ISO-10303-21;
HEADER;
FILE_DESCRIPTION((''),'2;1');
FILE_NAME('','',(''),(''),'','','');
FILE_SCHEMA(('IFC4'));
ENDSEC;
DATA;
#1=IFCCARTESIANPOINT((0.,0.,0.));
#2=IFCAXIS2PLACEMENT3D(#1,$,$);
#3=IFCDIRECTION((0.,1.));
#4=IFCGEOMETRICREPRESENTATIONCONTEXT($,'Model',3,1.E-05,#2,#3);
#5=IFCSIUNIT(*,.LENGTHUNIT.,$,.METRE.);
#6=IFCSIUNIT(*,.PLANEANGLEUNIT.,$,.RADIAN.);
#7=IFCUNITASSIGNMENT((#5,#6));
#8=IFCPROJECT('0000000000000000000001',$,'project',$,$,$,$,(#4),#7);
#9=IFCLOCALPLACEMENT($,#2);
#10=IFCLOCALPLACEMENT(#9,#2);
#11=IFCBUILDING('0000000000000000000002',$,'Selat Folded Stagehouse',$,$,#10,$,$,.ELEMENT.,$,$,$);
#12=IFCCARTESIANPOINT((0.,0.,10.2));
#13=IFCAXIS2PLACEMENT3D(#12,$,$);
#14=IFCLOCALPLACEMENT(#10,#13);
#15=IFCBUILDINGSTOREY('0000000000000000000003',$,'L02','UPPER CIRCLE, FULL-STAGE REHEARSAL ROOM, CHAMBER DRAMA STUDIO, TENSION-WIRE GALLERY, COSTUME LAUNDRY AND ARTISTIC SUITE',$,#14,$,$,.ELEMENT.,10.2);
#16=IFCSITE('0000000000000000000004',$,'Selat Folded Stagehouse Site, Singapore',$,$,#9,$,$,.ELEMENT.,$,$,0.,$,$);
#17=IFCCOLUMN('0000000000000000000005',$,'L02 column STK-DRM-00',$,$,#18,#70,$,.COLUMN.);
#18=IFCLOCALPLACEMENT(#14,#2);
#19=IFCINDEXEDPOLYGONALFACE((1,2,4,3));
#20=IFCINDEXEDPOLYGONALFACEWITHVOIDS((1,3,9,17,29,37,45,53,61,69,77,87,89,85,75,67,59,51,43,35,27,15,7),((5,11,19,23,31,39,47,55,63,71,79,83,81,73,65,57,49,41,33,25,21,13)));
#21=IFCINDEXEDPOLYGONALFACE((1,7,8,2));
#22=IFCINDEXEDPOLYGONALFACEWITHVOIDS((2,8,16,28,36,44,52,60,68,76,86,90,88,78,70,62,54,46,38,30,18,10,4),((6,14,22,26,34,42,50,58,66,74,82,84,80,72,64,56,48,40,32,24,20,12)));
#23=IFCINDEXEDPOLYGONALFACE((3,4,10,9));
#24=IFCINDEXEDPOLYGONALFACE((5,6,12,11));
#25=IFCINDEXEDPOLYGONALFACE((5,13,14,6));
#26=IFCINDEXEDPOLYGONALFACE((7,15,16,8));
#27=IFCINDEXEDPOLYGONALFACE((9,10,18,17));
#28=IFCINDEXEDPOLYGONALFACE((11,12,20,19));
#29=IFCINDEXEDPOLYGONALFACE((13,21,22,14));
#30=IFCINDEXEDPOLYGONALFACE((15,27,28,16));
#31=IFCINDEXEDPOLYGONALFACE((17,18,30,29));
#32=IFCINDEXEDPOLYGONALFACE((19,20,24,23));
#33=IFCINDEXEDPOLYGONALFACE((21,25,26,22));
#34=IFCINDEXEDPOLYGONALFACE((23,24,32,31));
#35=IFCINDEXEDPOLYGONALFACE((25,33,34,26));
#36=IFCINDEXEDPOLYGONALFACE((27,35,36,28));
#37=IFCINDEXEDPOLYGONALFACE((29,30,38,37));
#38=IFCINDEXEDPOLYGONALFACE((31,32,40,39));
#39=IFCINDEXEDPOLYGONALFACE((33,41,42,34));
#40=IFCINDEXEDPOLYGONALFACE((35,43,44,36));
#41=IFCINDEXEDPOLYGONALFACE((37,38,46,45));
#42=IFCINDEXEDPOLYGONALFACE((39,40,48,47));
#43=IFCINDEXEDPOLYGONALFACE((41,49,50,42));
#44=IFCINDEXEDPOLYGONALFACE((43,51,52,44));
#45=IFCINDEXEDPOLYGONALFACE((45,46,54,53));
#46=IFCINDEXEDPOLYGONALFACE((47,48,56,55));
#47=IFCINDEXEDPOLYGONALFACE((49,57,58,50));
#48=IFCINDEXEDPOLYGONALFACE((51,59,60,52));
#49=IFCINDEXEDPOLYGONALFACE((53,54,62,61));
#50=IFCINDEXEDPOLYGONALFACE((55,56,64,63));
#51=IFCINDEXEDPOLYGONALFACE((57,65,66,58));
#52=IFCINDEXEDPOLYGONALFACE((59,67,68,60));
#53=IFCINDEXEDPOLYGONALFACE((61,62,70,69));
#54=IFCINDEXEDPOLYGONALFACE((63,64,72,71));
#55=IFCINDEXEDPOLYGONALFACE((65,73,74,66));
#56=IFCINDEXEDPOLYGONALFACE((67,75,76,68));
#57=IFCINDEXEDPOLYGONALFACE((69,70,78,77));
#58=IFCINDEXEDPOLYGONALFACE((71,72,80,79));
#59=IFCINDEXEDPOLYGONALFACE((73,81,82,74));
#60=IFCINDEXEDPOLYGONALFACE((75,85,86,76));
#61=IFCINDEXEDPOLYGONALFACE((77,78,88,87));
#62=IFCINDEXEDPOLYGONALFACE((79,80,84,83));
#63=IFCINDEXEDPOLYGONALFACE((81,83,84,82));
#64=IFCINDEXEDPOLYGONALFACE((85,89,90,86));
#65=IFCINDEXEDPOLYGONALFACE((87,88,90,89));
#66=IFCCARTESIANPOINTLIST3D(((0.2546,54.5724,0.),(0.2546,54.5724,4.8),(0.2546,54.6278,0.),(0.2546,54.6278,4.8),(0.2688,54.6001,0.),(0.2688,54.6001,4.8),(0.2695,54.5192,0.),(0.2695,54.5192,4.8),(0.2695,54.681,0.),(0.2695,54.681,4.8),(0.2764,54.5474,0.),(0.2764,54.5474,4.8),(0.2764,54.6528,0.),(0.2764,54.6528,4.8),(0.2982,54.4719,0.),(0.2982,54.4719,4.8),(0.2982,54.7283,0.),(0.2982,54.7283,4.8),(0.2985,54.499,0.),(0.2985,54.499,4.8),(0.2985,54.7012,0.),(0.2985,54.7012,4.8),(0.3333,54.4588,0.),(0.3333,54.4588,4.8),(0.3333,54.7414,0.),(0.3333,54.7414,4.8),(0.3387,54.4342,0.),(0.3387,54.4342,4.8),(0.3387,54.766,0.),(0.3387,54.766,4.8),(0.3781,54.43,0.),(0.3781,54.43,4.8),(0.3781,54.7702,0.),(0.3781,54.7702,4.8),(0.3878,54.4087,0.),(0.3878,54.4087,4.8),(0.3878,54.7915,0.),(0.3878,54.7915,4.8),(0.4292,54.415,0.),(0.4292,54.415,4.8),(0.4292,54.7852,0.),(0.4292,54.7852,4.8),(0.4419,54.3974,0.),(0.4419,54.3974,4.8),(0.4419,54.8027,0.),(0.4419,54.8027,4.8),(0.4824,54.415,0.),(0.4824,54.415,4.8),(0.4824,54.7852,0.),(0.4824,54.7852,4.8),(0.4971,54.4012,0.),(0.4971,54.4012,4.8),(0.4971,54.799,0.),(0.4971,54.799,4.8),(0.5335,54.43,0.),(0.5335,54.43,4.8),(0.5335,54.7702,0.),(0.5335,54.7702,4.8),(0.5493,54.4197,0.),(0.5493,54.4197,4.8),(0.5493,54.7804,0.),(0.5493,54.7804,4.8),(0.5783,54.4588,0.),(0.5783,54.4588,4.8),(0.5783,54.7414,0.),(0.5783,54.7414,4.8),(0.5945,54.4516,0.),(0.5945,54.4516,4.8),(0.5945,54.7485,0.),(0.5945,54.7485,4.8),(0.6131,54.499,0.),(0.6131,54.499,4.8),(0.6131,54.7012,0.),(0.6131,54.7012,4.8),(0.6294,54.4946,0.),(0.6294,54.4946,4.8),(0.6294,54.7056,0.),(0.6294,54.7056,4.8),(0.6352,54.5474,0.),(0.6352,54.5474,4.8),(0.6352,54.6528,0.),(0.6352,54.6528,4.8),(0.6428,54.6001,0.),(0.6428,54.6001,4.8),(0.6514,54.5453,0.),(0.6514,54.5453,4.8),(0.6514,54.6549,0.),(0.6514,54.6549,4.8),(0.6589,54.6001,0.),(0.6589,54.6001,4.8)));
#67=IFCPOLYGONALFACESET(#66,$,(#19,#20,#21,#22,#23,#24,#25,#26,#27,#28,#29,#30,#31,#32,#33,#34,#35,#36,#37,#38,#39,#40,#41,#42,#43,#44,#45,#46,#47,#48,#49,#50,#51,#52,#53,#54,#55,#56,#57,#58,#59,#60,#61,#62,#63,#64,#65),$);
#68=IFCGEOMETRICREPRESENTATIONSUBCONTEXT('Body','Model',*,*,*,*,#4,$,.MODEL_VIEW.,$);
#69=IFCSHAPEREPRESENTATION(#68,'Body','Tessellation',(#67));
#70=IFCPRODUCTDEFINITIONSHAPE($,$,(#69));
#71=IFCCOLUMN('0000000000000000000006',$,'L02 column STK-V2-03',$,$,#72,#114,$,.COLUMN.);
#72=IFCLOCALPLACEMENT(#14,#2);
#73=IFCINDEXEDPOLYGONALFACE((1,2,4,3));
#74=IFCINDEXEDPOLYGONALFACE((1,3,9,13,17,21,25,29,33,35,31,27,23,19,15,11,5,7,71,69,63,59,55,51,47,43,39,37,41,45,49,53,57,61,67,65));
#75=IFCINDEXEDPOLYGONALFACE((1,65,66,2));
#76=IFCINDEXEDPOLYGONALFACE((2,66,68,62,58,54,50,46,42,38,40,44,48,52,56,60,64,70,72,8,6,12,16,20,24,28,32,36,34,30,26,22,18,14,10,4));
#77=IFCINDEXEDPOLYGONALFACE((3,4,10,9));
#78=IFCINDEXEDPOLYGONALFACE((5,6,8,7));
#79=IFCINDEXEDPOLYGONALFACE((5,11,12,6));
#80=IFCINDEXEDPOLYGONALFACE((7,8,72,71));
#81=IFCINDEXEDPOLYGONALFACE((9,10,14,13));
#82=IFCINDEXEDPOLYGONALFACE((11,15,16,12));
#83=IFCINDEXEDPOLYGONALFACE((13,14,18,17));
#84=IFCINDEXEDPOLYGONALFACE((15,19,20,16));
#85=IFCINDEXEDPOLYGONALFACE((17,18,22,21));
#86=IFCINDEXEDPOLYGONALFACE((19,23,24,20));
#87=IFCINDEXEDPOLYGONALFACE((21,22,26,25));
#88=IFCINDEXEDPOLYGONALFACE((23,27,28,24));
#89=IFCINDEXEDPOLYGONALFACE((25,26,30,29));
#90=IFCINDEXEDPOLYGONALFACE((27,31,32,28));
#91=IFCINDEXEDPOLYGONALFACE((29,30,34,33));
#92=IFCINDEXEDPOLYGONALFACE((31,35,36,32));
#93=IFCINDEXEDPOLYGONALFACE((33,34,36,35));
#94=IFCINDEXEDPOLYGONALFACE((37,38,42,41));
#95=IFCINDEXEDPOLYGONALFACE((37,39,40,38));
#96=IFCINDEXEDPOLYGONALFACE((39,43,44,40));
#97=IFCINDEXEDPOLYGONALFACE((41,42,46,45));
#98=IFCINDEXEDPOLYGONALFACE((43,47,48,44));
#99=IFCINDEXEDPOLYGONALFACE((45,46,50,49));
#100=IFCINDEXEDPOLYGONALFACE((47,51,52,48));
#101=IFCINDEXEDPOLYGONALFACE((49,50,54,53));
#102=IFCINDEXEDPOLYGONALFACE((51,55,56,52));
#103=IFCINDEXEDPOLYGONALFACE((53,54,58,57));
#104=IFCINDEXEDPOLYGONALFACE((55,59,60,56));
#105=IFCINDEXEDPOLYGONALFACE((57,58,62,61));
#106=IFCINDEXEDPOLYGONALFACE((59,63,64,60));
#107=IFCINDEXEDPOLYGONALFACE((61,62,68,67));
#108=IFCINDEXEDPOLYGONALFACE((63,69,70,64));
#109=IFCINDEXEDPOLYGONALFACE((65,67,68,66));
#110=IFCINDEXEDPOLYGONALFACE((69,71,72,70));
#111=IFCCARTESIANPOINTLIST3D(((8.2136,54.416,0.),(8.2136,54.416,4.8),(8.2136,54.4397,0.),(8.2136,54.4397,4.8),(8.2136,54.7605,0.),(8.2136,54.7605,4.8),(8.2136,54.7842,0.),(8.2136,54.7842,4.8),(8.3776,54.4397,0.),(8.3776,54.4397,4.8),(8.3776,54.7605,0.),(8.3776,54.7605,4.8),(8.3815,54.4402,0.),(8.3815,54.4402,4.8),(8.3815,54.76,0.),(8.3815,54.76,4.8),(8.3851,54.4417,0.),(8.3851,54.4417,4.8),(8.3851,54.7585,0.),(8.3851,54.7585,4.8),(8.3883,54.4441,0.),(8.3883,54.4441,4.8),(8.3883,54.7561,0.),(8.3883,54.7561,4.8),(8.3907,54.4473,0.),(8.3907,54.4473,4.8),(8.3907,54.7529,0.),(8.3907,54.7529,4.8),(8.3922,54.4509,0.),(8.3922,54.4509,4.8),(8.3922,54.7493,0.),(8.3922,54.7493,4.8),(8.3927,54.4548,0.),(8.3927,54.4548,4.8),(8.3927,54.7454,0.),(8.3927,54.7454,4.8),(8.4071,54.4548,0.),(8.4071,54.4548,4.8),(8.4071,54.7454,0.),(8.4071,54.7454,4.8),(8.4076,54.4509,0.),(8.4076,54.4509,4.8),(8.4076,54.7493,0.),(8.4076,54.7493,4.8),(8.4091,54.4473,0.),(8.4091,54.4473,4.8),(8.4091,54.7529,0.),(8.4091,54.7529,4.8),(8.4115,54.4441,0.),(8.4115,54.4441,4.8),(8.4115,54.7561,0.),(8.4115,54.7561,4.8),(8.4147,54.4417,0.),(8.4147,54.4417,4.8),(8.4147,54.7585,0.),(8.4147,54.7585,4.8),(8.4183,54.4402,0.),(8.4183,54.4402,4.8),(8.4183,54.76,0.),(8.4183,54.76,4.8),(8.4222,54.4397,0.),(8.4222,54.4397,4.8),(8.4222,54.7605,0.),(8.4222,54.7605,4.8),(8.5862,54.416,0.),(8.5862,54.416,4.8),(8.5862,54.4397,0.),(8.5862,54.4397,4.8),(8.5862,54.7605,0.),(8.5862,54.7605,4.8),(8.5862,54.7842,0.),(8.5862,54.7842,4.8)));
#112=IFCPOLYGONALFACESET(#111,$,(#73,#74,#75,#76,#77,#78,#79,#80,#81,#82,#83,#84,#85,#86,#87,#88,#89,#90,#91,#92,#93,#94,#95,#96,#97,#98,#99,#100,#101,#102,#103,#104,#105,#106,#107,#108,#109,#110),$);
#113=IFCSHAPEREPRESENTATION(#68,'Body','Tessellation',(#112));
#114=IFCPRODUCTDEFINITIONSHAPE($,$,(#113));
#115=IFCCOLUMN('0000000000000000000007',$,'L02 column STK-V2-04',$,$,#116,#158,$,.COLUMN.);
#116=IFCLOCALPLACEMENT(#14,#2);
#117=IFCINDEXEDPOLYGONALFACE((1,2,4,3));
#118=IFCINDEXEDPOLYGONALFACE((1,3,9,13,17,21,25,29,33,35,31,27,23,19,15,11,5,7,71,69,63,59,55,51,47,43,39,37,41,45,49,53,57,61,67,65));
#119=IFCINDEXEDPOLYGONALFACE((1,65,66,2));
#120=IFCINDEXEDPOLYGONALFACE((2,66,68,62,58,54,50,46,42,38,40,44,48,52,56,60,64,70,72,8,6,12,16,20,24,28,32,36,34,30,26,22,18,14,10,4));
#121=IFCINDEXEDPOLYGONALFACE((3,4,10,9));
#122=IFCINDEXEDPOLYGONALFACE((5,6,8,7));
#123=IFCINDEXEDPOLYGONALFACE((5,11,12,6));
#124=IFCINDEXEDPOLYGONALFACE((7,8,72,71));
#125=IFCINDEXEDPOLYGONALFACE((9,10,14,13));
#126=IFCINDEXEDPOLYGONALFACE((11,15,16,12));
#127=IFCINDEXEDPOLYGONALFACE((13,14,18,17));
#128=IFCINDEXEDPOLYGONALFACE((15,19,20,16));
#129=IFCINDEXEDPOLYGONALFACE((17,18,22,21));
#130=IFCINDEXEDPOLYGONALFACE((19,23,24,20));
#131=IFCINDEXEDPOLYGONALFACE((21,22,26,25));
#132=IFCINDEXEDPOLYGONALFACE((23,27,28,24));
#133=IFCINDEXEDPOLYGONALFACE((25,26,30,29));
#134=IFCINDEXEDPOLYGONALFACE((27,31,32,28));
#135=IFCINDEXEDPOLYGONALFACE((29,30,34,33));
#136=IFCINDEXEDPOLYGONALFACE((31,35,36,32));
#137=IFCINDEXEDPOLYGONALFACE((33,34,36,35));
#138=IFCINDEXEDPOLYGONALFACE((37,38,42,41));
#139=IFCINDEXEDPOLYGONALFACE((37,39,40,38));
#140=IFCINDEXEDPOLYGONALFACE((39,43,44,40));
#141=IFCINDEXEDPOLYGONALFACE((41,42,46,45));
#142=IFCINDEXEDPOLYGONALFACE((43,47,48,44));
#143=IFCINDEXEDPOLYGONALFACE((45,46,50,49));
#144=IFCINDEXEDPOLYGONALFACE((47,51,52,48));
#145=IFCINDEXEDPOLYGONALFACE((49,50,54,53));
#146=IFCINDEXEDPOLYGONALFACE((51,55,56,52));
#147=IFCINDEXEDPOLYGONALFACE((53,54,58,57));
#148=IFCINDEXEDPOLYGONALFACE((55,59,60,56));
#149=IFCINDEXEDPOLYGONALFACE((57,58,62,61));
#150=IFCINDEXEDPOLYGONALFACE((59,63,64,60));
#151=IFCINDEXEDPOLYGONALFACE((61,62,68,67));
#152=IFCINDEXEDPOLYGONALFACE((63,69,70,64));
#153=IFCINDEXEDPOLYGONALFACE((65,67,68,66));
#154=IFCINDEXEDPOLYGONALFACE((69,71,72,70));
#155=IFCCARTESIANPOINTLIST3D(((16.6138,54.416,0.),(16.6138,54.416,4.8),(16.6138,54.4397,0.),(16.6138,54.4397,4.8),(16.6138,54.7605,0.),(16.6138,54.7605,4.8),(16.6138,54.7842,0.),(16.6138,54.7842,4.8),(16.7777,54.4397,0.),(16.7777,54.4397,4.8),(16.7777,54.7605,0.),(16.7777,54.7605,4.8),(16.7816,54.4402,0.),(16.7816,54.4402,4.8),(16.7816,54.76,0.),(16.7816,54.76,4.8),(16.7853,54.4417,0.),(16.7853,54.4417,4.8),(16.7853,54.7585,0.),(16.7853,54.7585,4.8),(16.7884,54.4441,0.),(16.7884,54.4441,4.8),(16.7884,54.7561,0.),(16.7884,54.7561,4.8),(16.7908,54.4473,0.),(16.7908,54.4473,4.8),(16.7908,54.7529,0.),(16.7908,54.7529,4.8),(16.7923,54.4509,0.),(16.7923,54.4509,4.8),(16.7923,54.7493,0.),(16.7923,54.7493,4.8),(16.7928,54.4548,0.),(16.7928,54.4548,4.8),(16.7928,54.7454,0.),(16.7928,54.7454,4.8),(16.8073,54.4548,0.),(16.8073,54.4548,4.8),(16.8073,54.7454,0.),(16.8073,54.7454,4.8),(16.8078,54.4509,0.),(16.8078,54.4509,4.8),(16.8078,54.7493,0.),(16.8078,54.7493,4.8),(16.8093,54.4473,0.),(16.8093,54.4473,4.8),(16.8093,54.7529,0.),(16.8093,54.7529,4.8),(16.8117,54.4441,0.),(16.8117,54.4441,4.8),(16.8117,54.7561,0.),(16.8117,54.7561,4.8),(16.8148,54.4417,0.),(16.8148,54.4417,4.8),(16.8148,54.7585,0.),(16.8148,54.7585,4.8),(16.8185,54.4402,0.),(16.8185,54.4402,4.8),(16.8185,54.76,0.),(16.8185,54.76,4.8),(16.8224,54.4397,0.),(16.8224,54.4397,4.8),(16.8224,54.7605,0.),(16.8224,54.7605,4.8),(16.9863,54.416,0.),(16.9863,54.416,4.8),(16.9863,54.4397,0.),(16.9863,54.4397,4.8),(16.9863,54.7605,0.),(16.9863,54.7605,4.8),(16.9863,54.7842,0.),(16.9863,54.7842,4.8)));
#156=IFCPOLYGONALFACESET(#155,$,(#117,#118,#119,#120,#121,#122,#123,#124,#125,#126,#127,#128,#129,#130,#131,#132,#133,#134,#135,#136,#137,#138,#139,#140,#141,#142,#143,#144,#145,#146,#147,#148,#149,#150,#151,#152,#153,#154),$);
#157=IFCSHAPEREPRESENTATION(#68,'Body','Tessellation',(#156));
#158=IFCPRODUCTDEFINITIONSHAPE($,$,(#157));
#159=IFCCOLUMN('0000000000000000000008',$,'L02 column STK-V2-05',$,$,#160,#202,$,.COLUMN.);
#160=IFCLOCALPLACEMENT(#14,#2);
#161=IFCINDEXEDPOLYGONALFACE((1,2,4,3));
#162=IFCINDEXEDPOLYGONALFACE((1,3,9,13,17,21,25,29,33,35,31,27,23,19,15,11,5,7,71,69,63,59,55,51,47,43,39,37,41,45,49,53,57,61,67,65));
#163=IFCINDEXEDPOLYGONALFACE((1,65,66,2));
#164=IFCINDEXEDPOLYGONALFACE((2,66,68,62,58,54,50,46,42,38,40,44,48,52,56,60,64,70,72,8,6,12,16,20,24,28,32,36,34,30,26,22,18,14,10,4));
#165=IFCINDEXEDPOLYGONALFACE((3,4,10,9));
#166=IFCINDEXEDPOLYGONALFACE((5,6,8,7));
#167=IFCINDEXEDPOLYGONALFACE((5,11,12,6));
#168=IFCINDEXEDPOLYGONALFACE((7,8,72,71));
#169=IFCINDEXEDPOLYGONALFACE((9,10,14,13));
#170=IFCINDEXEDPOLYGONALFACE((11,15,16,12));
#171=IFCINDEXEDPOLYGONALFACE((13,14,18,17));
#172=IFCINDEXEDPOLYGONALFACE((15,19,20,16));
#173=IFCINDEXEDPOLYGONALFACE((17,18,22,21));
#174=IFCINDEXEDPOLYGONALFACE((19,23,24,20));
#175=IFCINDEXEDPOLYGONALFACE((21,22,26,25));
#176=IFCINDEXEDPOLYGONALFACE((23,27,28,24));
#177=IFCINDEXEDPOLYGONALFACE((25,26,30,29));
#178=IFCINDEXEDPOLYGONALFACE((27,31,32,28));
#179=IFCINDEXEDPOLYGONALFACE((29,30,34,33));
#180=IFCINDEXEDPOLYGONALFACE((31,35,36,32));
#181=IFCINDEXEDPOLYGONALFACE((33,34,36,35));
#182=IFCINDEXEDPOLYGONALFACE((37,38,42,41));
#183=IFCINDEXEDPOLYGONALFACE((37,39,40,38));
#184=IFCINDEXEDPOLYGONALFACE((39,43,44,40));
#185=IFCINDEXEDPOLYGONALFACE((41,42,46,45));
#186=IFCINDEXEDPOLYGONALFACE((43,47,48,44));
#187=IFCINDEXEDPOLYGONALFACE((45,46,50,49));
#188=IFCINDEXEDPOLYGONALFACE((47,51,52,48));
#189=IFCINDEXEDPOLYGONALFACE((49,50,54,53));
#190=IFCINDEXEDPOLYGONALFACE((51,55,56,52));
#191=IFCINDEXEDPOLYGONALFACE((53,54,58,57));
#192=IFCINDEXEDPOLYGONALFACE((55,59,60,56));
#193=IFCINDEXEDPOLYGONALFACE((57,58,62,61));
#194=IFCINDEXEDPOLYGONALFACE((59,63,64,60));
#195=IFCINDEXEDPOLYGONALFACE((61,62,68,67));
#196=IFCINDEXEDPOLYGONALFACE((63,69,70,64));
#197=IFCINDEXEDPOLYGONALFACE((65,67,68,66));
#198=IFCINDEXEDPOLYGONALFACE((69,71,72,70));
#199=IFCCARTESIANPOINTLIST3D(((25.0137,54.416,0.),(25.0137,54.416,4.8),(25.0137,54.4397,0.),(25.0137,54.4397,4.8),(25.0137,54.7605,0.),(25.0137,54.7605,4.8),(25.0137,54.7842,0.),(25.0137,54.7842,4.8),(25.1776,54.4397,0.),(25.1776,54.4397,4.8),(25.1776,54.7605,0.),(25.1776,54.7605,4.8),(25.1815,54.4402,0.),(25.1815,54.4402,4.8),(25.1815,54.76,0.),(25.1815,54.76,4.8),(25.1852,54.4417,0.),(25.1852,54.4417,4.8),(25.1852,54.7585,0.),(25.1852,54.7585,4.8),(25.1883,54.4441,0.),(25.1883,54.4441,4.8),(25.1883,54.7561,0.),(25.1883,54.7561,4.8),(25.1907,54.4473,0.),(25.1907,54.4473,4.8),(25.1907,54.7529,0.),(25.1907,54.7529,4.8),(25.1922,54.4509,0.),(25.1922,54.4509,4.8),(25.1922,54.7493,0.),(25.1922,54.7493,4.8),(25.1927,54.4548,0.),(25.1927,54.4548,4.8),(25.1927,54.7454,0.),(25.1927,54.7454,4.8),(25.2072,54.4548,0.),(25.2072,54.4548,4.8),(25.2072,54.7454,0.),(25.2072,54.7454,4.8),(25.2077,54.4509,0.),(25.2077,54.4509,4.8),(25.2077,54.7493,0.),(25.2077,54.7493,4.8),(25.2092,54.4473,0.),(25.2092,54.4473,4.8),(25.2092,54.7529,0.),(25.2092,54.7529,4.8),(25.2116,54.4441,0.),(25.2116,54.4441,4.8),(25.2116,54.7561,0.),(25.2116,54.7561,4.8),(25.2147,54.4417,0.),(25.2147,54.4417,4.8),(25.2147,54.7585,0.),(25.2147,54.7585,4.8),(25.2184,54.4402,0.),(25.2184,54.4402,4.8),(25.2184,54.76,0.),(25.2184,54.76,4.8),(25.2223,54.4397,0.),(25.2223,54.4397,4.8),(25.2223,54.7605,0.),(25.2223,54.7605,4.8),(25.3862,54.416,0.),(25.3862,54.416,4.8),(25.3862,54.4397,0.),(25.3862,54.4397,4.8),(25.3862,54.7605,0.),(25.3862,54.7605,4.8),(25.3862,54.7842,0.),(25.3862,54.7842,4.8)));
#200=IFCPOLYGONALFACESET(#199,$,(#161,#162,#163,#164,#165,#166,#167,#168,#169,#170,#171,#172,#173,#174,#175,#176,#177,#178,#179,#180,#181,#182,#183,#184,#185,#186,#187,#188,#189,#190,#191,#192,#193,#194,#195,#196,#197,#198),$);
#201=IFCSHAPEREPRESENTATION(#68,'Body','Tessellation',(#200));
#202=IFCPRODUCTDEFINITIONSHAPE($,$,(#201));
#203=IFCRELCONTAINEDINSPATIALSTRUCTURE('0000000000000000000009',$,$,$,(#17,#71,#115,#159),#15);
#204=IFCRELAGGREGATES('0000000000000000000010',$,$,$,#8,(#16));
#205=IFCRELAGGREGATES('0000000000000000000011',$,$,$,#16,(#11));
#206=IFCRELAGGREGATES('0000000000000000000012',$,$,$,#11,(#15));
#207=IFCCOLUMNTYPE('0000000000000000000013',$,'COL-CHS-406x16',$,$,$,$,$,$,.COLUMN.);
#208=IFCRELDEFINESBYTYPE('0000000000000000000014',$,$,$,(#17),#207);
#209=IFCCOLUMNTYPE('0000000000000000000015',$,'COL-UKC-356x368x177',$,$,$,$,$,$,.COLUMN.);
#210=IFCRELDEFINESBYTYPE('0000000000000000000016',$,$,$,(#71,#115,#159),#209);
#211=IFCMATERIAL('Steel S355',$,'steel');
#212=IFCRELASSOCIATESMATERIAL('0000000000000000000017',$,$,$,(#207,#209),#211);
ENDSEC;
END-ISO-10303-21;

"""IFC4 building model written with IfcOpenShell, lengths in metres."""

from ifc_helpers import new_model, si_unit, direction, frame, origin, origin_2d, place, context, subcontext, project, spatial, hollow_circle, i_section, extrude, material, material_profile, profile_set, type_object, element, save


model = new_model("IFC4")

# Units and contexts
model_context = context("Model", 3, precision=1e-05, world=origin(), true_north=direction((0.0, 1.0)))
body_context = subcontext(model_context, "Body", "Model", "MODEL_VIEW")
ifc_project = project(units=[si_unit("LENGTHUNIT", "METRE"), si_unit("PLANEANGLEUNIT", "RADIAN")], contexts=[model_context])

# Site, building, storey
site_placement = place(None, origin())
site = spatial("IfcSite", under=ifc_project, at=site_placement, Name="Selat Folded Stagehouse Site, Singapore", CompositionType="ELEMENT", RefElevation=0.0)
building_placement = place(site_placement, origin())
building = spatial("IfcBuilding", under=site, at=building_placement, Name="Selat Folded Stagehouse", CompositionType="ELEMENT")
storey_placement = place(building_placement, frame((0.0, 0.0, 10.2)))
storey = spatial("IfcBuildingStorey", under=building, at=storey_placement, Name="L02", Description="UPPER CIRCLE, FULL-STAGE REHEARSAL ROOM, CHAMBER DRAMA STUDIO, TENSION-WIRE GALLERY, COSTUME LAUNDRY AND ARTISTIC SUITE", CompositionType="ELEMENT", Elevation=10.2)

# Columns
ifc_material_1 = material(Name="Steel S355", Category="steel")
ifc_material_profile_1 = material_profile(ifc_material_1, hollow_circle(Radius=0.2031, WallThickness=0.0161, at=origin_2d()), Name="CHS 406.4x16.0")
ifc_profile_set_1 = profile_set([ifc_material_profile_1], Name="Steel S355")
column_type_1 = type_object("IfcColumnType", Name="COL-CHS-406x16", PredefinedType="COLUMN", material=ifc_profile_set_1)
column_placement = place(storey_placement, frame((0.4558, 54.6001, 0.0), z_axis=(0.0, 0.0, 1.0), x_axis=(1.0, 0.0, 0.0)))
element("IfcColumn", 1, at=column_placement, inside=storey, type_object=column_type_1, Name="L02 column STK-DRM-00", PredefinedType="COLUMN", context=body_context, shape_type="SweptSolid", body=[
    extrude(hollow_circle(Radius=0.2031, WallThickness=0.0161, at=origin_2d()), origin(), (0.0, 0.0, 1.0), 4.8),
])
ifc_material_profile_2 = material_profile(ifc_material_1, i_section(OverallWidth=0.3726, OverallDepth=0.3682, WebThickness=0.0144, FlangeThickness=0.0237, FilletRadius=0.0151, at=origin_2d()), Name="UKC 356x368x177")
ifc_profile_set_2 = profile_set([ifc_material_profile_2], Name="Steel S355")
column_type_2 = type_object("IfcColumnType", Name="COL-UKC-356x368x177", PredefinedType="COLUMN", material=ifc_profile_set_2)
for number, where, z_axis, x_axis, name in (
    (2, (8.3999, 54.6001, 0.0), (0.0, 0.0, 1.0), (1.0, 0.0, 0.0), "L02 column STK-V2-03"),
    (3, (16.8, 54.6001, 0.0), (0.0, 0.0, 1.0), (1.0, 0.0, 0.0), "L02 column STK-V2-04"),
    (4, (25.2, 54.6001, 0.0), (0.0, 0.0, 1.0), (1.0, 0.0, 0.0), "L02 column STK-V2-05"),
):
    element("IfcColumn", number, at=place(storey_placement, frame(where, z_axis=z_axis, x_axis=x_axis)), inside=storey, type_object=column_type_2, Name=name, PredefinedType="COLUMN", context=body_context, shape_type="SweptSolid", body=[
        extrude(i_section(OverallWidth=0.3726, OverallDepth=0.3682, WebThickness=0.0144, FlangeThickness=0.0237, FilletRadius=0.0151, at=origin_2d()), origin(), (0.0, 0.0, 1.0), 4.8),
    ])

save(model, "model.ifc")
